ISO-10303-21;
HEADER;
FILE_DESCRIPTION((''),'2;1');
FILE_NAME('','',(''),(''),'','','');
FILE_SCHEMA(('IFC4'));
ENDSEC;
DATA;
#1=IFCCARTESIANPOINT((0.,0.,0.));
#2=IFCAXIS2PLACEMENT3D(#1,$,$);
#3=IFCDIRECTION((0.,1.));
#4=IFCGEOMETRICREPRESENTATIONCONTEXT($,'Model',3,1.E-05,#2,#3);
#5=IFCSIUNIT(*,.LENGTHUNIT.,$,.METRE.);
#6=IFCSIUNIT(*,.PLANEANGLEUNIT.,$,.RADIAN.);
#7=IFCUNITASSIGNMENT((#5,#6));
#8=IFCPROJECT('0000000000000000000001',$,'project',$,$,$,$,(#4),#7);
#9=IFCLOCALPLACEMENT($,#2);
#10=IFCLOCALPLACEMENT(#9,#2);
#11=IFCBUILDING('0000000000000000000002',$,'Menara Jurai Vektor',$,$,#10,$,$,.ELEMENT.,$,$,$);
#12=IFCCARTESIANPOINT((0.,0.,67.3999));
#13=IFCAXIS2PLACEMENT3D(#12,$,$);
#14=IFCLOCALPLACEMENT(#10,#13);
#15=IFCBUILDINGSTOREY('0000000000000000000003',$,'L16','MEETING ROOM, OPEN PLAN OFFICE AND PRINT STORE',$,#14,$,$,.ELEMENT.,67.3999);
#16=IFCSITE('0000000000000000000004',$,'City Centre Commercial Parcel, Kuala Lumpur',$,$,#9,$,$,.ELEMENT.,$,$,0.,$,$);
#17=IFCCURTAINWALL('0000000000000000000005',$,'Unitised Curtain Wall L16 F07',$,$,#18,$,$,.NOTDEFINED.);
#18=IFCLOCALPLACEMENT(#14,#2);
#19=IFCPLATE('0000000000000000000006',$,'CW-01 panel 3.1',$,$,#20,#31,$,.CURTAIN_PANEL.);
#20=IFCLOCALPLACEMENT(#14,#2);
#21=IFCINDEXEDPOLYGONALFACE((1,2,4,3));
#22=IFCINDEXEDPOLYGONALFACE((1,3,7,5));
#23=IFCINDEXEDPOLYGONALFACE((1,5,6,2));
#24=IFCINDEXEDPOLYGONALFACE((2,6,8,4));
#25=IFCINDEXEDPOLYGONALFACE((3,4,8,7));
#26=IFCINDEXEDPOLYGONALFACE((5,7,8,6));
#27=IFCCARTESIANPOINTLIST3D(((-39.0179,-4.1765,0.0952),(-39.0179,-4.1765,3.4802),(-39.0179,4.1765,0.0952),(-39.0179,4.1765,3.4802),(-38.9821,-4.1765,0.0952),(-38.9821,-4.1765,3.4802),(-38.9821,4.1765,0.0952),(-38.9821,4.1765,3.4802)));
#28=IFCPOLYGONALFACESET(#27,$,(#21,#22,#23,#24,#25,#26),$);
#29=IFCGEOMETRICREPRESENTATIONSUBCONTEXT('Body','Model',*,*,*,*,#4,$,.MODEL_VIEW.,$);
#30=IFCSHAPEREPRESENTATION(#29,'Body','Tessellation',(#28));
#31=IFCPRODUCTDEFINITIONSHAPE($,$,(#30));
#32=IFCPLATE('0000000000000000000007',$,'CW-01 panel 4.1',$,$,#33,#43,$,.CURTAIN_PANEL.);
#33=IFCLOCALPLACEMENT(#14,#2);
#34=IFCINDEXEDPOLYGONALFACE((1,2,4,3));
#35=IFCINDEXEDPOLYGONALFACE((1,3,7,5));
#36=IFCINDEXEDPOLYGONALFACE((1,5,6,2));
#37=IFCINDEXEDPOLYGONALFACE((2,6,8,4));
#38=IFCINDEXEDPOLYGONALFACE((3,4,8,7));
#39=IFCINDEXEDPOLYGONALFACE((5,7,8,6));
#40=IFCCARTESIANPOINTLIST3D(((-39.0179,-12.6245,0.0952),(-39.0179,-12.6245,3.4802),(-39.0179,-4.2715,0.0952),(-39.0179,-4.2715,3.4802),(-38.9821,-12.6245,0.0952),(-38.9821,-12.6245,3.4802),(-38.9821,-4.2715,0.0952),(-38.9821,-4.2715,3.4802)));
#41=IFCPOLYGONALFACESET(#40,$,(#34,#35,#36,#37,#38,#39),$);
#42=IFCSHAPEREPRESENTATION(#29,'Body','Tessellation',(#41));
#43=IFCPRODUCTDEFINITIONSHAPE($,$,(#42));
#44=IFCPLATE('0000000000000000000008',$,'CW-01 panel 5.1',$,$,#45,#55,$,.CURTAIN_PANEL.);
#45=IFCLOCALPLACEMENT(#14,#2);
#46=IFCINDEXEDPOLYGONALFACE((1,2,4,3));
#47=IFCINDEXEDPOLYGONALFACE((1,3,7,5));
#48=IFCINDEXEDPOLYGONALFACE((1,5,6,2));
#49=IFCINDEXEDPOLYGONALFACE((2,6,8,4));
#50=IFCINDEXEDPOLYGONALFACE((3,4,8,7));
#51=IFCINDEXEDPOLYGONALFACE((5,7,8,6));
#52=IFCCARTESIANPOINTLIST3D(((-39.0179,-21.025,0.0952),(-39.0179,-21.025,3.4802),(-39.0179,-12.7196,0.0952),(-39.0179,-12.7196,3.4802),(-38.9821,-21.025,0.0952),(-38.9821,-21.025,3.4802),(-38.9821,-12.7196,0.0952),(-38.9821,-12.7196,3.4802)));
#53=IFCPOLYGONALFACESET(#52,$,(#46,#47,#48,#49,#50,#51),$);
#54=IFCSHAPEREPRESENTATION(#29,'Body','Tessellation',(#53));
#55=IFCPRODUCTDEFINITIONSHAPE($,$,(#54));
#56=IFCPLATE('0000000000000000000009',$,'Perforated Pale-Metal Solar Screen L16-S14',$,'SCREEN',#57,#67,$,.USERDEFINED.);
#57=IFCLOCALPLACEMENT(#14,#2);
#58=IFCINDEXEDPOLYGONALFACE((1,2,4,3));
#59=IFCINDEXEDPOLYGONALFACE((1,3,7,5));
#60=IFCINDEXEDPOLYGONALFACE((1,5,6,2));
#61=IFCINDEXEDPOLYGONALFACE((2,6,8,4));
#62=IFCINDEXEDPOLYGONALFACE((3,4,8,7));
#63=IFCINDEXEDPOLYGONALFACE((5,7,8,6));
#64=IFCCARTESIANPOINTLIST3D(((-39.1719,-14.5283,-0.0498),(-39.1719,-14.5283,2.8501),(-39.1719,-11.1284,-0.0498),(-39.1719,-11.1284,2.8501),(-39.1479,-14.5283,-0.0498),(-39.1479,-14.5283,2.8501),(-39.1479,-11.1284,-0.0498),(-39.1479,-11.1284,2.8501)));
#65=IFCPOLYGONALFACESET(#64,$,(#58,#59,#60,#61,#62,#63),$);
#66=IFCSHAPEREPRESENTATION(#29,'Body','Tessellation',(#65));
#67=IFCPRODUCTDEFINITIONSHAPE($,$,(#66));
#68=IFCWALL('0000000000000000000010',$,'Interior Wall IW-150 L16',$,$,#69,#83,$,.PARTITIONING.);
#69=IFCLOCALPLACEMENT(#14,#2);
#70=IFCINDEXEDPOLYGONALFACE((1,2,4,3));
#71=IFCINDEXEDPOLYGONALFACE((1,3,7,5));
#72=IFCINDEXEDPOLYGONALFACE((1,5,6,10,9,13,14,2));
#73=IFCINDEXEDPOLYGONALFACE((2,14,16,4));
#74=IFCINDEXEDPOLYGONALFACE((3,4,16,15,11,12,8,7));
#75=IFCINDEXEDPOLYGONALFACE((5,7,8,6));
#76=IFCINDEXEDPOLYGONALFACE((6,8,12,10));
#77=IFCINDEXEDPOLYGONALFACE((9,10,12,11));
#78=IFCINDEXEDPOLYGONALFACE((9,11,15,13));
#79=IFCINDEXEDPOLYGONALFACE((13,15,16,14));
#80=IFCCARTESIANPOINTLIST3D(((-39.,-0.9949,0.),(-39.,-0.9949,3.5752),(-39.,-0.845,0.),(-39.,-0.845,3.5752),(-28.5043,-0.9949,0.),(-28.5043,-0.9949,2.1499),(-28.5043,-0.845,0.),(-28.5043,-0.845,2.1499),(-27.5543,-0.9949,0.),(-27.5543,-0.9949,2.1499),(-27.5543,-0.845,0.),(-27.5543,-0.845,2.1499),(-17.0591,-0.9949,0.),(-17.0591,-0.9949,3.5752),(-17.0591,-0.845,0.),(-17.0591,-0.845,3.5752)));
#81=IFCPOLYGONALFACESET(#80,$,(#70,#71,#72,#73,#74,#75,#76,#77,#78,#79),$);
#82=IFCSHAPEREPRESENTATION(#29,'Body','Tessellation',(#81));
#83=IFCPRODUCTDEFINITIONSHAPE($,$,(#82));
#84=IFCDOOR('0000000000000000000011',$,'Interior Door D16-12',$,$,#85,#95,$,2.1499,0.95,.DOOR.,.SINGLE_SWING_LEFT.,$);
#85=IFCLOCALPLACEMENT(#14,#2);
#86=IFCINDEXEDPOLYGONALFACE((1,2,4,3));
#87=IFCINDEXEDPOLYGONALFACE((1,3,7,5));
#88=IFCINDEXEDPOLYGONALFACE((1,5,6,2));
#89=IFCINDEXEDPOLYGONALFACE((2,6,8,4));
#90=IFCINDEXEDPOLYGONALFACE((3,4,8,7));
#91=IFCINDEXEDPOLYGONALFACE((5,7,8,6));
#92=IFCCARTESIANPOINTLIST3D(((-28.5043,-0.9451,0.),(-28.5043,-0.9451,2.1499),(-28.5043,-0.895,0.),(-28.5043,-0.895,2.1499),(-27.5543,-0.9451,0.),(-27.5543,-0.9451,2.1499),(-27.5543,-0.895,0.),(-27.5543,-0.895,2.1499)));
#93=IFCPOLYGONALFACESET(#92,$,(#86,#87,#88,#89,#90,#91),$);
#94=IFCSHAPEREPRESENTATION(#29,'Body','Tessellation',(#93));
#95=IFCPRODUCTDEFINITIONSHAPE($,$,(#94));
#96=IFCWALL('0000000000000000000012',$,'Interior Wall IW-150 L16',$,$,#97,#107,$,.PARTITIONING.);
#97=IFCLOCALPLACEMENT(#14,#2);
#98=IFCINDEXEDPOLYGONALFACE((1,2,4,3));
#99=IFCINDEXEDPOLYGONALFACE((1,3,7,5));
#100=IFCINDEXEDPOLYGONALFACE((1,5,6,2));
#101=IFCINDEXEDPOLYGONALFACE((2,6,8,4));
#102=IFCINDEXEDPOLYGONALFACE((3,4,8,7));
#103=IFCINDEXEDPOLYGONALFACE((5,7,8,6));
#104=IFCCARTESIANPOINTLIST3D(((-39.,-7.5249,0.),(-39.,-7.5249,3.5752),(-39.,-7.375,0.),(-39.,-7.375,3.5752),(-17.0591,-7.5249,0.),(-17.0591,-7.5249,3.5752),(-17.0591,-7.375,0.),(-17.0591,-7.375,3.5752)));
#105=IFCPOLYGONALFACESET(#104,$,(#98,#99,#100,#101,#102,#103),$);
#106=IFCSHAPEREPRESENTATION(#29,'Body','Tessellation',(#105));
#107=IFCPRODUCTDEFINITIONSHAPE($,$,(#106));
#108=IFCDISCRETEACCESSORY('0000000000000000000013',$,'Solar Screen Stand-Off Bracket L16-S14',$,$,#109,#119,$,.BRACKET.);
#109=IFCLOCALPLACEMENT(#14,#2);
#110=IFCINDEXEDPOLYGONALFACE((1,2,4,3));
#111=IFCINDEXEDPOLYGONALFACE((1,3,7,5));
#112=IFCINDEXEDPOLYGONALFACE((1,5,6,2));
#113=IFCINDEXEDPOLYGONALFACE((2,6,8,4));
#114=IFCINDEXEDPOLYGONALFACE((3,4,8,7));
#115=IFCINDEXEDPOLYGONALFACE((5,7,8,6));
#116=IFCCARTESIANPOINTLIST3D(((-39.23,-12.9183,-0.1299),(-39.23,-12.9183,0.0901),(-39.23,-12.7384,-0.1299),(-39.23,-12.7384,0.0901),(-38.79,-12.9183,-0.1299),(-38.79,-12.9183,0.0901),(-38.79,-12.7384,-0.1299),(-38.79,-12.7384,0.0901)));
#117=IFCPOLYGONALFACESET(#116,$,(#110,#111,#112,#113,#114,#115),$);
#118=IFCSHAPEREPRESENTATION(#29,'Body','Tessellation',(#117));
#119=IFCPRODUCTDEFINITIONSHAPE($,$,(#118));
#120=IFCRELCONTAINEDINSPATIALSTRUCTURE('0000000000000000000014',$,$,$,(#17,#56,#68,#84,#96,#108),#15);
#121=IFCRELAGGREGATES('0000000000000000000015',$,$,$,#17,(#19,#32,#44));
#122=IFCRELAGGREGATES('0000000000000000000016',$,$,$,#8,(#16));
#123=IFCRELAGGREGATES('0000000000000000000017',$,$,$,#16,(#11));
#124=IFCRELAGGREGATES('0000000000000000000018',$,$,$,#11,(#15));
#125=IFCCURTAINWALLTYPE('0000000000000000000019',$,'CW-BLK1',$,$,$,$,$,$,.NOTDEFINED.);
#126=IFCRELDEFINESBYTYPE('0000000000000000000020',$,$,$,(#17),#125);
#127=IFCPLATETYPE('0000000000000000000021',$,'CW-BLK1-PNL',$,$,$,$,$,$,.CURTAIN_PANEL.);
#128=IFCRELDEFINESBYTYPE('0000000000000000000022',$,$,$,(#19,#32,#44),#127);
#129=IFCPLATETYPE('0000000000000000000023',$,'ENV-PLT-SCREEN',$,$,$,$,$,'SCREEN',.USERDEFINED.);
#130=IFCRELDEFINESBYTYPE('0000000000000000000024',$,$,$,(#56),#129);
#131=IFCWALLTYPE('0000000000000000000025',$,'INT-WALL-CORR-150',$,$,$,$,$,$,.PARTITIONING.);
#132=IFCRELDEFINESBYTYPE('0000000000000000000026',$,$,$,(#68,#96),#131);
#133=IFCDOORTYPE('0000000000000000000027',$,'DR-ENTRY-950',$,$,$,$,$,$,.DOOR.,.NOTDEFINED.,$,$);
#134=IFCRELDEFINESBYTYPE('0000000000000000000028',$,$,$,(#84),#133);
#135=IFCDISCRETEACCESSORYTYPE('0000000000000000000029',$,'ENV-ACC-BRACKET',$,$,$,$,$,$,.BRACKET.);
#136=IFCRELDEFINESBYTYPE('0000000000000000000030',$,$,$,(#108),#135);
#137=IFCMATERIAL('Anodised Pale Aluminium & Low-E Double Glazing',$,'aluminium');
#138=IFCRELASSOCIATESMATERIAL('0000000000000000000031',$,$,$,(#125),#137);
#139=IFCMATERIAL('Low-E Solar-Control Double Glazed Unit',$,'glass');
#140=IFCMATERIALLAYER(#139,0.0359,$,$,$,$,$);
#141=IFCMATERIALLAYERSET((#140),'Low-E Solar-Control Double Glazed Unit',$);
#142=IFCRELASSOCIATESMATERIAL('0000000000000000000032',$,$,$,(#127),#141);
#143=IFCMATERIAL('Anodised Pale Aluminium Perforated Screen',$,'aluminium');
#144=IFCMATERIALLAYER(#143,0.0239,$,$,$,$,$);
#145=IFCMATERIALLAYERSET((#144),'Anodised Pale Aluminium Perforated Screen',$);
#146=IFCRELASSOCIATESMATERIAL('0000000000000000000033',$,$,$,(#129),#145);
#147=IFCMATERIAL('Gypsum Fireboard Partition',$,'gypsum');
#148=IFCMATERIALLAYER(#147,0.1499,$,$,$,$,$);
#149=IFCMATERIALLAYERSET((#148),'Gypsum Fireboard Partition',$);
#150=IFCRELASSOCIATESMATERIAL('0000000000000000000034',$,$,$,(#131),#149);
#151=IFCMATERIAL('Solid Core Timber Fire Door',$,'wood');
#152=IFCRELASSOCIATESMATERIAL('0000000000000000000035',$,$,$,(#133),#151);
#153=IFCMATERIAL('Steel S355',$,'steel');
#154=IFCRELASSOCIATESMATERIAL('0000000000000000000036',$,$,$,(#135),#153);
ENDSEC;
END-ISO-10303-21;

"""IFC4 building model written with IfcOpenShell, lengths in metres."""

from ifc_helpers import new_model, si_unit, direction, frame, frame_2d, origin, origin_2d, place, context, subcontext, project, spatial, rectangle, extrude, material, layer, layer_set, type_object, element, fill, aggregate, save


model = new_model("IFC4")

# Units and contexts
model_context = context("Model", 3, precision=1e-05, world=origin(), true_north=direction((0.0, 1.0)))
body_context = subcontext(model_context, "Body", "Model", "MODEL_VIEW")
ifc_project = project(units=[si_unit("LENGTHUNIT", "METRE"), si_unit("PLANEANGLEUNIT", "RADIAN")], contexts=[model_context])

# Site, building, storey
site_placement = place(None, origin())
site = spatial("IfcSite", under=ifc_project, at=site_placement, Name="City Centre Commercial Parcel, Kuala Lumpur", CompositionType="ELEMENT", RefElevation=0.0)
building_placement = place(site_placement, origin())
building = spatial("IfcBuilding", under=site, at=building_placement, Name="Menara Jurai Vektor", CompositionType="ELEMENT")
storey_placement = place(building_placement, frame((0.0, 0.0, 67.3999)))
storey = spatial("IfcBuildingStorey", under=building, at=storey_placement, Name="L16", Description="MEETING ROOM, OPEN PLAN OFFICE AND PRINT STORE", CompositionType="ELEMENT", Elevation=67.3999)

# Curtain wall
ifc_material_1 = material(Name="Anodised Pale Aluminium & Low-E Double Glazing", Category="aluminium")
curtain_wall_type = type_object("IfcCurtainWallType", Name="CW-BLK1", PredefinedType="NOTDEFINED", material=ifc_material_1)
curtain_wall_1_placement = place(storey_placement, origin())
curtain_wall_1 = element("IfcCurtainWall", 1, at=curtain_wall_1_placement, inside=storey, type_object=curtain_wall_type, Name="Unitised Curtain Wall L16 F07", PredefinedType="NOTDEFINED")

# Shared definitions
ifc_material_2 = material(Name="Steel S355", Category="steel")

# Plates
ifc_material_3 = material(Name="Low-E Solar-Control Double Glazed Unit", Category="glass")
ifc_layer_1 = layer(ifc_material_3, 0.0359)
ifc_layer_set_1 = layer_set([ifc_layer_1], Name="Low-E Solar-Control Double Glazed Unit")
plate_type_1 = type_object("IfcPlateType", Name="CW-BLK1-PNL", PredefinedType="CURTAIN_PANEL", material=ifc_layer_set_1)
plate_1_placement = place(storey_placement, frame((-39.0, 0.0, 0.0952), z_axis=(0.0, 0.0, 1.0), x_axis=(0.0, -1.0, 0.0)))
plate_1 = element("IfcPlate", 2, at=plate_1_placement, type_object=plate_type_1, Name="CW-01 panel 3.1", PredefinedType="CURTAIN_PANEL", context=body_context, shape_type="SweptSolid", body=[
    extrude(rectangle(XDim=8.353, YDim=0.0359, at=origin_2d()), origin(), (0.0, 0.0, 1.0), 3.385),
])
plate_2_placement = place(storey_placement, frame((-39.0, -8.448, 0.0952), z_axis=(0.0, 0.0, 1.0), x_axis=(0.0, -1.0, 0.0)))
plate_2 = element("IfcPlate", 3, at=plate_2_placement, type_object=plate_type_1, Name="CW-01 panel 4.1", PredefinedType="CURTAIN_PANEL", context=body_context, shape_type="SweptSolid", body=[
    extrude(rectangle(XDim=8.353, YDim=0.0359, at=origin_2d()), origin(), (0.0, 0.0, 1.0), 3.385),
])
plate_3_placement = place(storey_placement, frame((-39.0, -16.8723, 0.0952), z_axis=(0.0, 0.0, 1.0), x_axis=(0.0, -1.0, 0.0)))
plate_3 = element("IfcPlate", 4, at=plate_3_placement, type_object=plate_type_1, Name="CW-01 panel 5.1", PredefinedType="CURTAIN_PANEL", context=body_context, shape_type="SweptSolid", body=[
    extrude(rectangle(XDim=8.3054, YDim=0.0359, at=origin_2d()), origin(), (0.0, 0.0, 1.0), 3.385),
])
aggregate(curtain_wall_1, [plate_1, plate_2, plate_3])
ifc_material_4 = material(Name="Anodised Pale Aluminium Perforated Screen", Category="aluminium")
ifc_layer_2 = layer(ifc_material_4, 0.0239)
ifc_layer_set_2 = layer_set([ifc_layer_2], Name="Anodised Pale Aluminium Perforated Screen")
plate_type_2 = type_object("IfcPlateType", Name="ENV-PLT-SCREEN", ElementType="SCREEN", PredefinedType="USERDEFINED", material=ifc_layer_set_2)
plate_4_placement = place(storey_placement, frame((-39.1599, -12.8284, -0.0498), z_axis=(0.0, 0.0, 1.0), x_axis=(0.0, -1.0, 0.0)))
element("IfcPlate", 5, at=plate_4_placement, inside=storey, type_object=plate_type_2, Name="Perforated Pale-Metal Solar Screen L16-S14", ObjectType="SCREEN", PredefinedType="USERDEFINED", context=body_context, shape_type="SweptSolid", body=[
    extrude(rectangle(XDim=3.3999, YDim=0.0239, at=origin_2d()), origin(), (0.0, 0.0, 1.0), 2.8999),
])

# Wall, opening, door
ifc_material_5 = material(Name="Gypsum Fireboard Partition", Category="gypsum")
ifc_layer_3 = layer(ifc_material_5, 0.1499)
ifc_layer_set_3 = layer_set([ifc_layer_3], Name="Gypsum Fireboard Partition")
wall_type = type_object("IfcWallType", Name="INT-WALL-CORR-150", PredefinedType="PARTITIONING", material=ifc_layer_set_3)
wall_1_placement = place(storey_placement, frame((-39.0, -0.9199, 0.0), z_axis=(0.0, 0.0, 1.0), x_axis=(1.0, 0.0, 0.0)))
wall_1 = element("IfcWall", 6, at=wall_1_placement, inside=storey, type_object=wall_type, Name="Interior Wall IW-150 L16", PredefinedType="PARTITIONING", context=body_context, shape_type="SweptSolid", body=[
    extrude(rectangle(XDim=21.9409, YDim=0.1499, at=frame_2d((10.9705, 0.0))), origin(), (0.0, 0.0, 1.0), 3.5752),
])
opening_placement = place(wall_1_placement, frame((10.4956, 0.0, 0.0)))
opening = element("IfcOpeningElement", 7, at=opening_placement, cuts=wall_1, PredefinedType="OPENING", context=body_context, shape_type="SweptSolid", body=[
    extrude(rectangle(XDim=0.95, YDim=2.1499, at=frame_2d((0.4751, 1.075))), frame((0.0, 0.085, 0.0), z_axis=(0.0, -1.0, 0.0), x_axis=(1.0, 0.0, 0.0)), (0.0, 0.0, 1.0), 0.1699),
])
ifc_material_6 = material(Name="Solid Core Timber Fire Door", Category="wood")
door_type = type_object("IfcDoorType", Name="DR-ENTRY-950", OperationType="NOTDEFINED", PredefinedType="DOOR", material=ifc_material_6)
door_placement = place(opening_placement, origin())
door = element("IfcDoor", 8, at=door_placement, inside=storey, type_object=door_type, Name="Interior Door D16-12", OperationType="SINGLE_SWING_LEFT", OverallHeight=2.1499, OverallWidth=0.95, PredefinedType="DOOR", context=body_context, shape_type="SweptSolid", body=[
    extrude(rectangle(XDim=0.95, YDim=2.1499, at=frame_2d((0.4751, 1.075))), frame((0.0, 0.0249, 0.0), z_axis=(0.0, -1.0, 0.0), x_axis=(1.0, 0.0, 0.0)), (0.0, 0.0, 1.0), 0.05),
])
fill(opening, door)

# Wall
wall_2_placement = place(storey_placement, frame((-39.0, -7.45, 0.0), z_axis=(0.0, 0.0, 1.0), x_axis=(1.0, 0.0, 0.0)))
element("IfcWall", 9, at=wall_2_placement, inside=storey, type_object=wall_type, Name="Interior Wall IW-150 L16", PredefinedType="PARTITIONING", context=body_context, shape_type="SweptSolid", body=[
    extrude(rectangle(XDim=21.9409, YDim=0.1499, at=frame_2d((10.9705, 0.0))), origin(), (0.0, 0.0, 1.0), 3.5752),
])

# Discrete accessory
discrete_accessory_type = type_object("IfcDiscreteAccessoryType", Name="ENV-ACC-BRACKET", PredefinedType="BRACKET", material=ifc_material_2)
discrete_accessory_placement = place(storey_placement, frame((-39.01, -12.8284, -0.1299), z_axis=(0.0, 0.0, 1.0), x_axis=(0.0, -1.0, 0.0)))
element("IfcDiscreteAccessory", 10, at=discrete_accessory_placement, inside=storey, type_object=discrete_accessory_type, Name="Solar Screen Stand-Off Bracket L16-S14", PredefinedType="BRACKET", context=body_context, shape_type="SweptSolid", body=[
    extrude(rectangle(XDim=0.1799, YDim=0.4399, at=origin_2d()), origin(), (0.0, 0.0, 1.0), 0.22),
])

save(model, "model.ifc")
